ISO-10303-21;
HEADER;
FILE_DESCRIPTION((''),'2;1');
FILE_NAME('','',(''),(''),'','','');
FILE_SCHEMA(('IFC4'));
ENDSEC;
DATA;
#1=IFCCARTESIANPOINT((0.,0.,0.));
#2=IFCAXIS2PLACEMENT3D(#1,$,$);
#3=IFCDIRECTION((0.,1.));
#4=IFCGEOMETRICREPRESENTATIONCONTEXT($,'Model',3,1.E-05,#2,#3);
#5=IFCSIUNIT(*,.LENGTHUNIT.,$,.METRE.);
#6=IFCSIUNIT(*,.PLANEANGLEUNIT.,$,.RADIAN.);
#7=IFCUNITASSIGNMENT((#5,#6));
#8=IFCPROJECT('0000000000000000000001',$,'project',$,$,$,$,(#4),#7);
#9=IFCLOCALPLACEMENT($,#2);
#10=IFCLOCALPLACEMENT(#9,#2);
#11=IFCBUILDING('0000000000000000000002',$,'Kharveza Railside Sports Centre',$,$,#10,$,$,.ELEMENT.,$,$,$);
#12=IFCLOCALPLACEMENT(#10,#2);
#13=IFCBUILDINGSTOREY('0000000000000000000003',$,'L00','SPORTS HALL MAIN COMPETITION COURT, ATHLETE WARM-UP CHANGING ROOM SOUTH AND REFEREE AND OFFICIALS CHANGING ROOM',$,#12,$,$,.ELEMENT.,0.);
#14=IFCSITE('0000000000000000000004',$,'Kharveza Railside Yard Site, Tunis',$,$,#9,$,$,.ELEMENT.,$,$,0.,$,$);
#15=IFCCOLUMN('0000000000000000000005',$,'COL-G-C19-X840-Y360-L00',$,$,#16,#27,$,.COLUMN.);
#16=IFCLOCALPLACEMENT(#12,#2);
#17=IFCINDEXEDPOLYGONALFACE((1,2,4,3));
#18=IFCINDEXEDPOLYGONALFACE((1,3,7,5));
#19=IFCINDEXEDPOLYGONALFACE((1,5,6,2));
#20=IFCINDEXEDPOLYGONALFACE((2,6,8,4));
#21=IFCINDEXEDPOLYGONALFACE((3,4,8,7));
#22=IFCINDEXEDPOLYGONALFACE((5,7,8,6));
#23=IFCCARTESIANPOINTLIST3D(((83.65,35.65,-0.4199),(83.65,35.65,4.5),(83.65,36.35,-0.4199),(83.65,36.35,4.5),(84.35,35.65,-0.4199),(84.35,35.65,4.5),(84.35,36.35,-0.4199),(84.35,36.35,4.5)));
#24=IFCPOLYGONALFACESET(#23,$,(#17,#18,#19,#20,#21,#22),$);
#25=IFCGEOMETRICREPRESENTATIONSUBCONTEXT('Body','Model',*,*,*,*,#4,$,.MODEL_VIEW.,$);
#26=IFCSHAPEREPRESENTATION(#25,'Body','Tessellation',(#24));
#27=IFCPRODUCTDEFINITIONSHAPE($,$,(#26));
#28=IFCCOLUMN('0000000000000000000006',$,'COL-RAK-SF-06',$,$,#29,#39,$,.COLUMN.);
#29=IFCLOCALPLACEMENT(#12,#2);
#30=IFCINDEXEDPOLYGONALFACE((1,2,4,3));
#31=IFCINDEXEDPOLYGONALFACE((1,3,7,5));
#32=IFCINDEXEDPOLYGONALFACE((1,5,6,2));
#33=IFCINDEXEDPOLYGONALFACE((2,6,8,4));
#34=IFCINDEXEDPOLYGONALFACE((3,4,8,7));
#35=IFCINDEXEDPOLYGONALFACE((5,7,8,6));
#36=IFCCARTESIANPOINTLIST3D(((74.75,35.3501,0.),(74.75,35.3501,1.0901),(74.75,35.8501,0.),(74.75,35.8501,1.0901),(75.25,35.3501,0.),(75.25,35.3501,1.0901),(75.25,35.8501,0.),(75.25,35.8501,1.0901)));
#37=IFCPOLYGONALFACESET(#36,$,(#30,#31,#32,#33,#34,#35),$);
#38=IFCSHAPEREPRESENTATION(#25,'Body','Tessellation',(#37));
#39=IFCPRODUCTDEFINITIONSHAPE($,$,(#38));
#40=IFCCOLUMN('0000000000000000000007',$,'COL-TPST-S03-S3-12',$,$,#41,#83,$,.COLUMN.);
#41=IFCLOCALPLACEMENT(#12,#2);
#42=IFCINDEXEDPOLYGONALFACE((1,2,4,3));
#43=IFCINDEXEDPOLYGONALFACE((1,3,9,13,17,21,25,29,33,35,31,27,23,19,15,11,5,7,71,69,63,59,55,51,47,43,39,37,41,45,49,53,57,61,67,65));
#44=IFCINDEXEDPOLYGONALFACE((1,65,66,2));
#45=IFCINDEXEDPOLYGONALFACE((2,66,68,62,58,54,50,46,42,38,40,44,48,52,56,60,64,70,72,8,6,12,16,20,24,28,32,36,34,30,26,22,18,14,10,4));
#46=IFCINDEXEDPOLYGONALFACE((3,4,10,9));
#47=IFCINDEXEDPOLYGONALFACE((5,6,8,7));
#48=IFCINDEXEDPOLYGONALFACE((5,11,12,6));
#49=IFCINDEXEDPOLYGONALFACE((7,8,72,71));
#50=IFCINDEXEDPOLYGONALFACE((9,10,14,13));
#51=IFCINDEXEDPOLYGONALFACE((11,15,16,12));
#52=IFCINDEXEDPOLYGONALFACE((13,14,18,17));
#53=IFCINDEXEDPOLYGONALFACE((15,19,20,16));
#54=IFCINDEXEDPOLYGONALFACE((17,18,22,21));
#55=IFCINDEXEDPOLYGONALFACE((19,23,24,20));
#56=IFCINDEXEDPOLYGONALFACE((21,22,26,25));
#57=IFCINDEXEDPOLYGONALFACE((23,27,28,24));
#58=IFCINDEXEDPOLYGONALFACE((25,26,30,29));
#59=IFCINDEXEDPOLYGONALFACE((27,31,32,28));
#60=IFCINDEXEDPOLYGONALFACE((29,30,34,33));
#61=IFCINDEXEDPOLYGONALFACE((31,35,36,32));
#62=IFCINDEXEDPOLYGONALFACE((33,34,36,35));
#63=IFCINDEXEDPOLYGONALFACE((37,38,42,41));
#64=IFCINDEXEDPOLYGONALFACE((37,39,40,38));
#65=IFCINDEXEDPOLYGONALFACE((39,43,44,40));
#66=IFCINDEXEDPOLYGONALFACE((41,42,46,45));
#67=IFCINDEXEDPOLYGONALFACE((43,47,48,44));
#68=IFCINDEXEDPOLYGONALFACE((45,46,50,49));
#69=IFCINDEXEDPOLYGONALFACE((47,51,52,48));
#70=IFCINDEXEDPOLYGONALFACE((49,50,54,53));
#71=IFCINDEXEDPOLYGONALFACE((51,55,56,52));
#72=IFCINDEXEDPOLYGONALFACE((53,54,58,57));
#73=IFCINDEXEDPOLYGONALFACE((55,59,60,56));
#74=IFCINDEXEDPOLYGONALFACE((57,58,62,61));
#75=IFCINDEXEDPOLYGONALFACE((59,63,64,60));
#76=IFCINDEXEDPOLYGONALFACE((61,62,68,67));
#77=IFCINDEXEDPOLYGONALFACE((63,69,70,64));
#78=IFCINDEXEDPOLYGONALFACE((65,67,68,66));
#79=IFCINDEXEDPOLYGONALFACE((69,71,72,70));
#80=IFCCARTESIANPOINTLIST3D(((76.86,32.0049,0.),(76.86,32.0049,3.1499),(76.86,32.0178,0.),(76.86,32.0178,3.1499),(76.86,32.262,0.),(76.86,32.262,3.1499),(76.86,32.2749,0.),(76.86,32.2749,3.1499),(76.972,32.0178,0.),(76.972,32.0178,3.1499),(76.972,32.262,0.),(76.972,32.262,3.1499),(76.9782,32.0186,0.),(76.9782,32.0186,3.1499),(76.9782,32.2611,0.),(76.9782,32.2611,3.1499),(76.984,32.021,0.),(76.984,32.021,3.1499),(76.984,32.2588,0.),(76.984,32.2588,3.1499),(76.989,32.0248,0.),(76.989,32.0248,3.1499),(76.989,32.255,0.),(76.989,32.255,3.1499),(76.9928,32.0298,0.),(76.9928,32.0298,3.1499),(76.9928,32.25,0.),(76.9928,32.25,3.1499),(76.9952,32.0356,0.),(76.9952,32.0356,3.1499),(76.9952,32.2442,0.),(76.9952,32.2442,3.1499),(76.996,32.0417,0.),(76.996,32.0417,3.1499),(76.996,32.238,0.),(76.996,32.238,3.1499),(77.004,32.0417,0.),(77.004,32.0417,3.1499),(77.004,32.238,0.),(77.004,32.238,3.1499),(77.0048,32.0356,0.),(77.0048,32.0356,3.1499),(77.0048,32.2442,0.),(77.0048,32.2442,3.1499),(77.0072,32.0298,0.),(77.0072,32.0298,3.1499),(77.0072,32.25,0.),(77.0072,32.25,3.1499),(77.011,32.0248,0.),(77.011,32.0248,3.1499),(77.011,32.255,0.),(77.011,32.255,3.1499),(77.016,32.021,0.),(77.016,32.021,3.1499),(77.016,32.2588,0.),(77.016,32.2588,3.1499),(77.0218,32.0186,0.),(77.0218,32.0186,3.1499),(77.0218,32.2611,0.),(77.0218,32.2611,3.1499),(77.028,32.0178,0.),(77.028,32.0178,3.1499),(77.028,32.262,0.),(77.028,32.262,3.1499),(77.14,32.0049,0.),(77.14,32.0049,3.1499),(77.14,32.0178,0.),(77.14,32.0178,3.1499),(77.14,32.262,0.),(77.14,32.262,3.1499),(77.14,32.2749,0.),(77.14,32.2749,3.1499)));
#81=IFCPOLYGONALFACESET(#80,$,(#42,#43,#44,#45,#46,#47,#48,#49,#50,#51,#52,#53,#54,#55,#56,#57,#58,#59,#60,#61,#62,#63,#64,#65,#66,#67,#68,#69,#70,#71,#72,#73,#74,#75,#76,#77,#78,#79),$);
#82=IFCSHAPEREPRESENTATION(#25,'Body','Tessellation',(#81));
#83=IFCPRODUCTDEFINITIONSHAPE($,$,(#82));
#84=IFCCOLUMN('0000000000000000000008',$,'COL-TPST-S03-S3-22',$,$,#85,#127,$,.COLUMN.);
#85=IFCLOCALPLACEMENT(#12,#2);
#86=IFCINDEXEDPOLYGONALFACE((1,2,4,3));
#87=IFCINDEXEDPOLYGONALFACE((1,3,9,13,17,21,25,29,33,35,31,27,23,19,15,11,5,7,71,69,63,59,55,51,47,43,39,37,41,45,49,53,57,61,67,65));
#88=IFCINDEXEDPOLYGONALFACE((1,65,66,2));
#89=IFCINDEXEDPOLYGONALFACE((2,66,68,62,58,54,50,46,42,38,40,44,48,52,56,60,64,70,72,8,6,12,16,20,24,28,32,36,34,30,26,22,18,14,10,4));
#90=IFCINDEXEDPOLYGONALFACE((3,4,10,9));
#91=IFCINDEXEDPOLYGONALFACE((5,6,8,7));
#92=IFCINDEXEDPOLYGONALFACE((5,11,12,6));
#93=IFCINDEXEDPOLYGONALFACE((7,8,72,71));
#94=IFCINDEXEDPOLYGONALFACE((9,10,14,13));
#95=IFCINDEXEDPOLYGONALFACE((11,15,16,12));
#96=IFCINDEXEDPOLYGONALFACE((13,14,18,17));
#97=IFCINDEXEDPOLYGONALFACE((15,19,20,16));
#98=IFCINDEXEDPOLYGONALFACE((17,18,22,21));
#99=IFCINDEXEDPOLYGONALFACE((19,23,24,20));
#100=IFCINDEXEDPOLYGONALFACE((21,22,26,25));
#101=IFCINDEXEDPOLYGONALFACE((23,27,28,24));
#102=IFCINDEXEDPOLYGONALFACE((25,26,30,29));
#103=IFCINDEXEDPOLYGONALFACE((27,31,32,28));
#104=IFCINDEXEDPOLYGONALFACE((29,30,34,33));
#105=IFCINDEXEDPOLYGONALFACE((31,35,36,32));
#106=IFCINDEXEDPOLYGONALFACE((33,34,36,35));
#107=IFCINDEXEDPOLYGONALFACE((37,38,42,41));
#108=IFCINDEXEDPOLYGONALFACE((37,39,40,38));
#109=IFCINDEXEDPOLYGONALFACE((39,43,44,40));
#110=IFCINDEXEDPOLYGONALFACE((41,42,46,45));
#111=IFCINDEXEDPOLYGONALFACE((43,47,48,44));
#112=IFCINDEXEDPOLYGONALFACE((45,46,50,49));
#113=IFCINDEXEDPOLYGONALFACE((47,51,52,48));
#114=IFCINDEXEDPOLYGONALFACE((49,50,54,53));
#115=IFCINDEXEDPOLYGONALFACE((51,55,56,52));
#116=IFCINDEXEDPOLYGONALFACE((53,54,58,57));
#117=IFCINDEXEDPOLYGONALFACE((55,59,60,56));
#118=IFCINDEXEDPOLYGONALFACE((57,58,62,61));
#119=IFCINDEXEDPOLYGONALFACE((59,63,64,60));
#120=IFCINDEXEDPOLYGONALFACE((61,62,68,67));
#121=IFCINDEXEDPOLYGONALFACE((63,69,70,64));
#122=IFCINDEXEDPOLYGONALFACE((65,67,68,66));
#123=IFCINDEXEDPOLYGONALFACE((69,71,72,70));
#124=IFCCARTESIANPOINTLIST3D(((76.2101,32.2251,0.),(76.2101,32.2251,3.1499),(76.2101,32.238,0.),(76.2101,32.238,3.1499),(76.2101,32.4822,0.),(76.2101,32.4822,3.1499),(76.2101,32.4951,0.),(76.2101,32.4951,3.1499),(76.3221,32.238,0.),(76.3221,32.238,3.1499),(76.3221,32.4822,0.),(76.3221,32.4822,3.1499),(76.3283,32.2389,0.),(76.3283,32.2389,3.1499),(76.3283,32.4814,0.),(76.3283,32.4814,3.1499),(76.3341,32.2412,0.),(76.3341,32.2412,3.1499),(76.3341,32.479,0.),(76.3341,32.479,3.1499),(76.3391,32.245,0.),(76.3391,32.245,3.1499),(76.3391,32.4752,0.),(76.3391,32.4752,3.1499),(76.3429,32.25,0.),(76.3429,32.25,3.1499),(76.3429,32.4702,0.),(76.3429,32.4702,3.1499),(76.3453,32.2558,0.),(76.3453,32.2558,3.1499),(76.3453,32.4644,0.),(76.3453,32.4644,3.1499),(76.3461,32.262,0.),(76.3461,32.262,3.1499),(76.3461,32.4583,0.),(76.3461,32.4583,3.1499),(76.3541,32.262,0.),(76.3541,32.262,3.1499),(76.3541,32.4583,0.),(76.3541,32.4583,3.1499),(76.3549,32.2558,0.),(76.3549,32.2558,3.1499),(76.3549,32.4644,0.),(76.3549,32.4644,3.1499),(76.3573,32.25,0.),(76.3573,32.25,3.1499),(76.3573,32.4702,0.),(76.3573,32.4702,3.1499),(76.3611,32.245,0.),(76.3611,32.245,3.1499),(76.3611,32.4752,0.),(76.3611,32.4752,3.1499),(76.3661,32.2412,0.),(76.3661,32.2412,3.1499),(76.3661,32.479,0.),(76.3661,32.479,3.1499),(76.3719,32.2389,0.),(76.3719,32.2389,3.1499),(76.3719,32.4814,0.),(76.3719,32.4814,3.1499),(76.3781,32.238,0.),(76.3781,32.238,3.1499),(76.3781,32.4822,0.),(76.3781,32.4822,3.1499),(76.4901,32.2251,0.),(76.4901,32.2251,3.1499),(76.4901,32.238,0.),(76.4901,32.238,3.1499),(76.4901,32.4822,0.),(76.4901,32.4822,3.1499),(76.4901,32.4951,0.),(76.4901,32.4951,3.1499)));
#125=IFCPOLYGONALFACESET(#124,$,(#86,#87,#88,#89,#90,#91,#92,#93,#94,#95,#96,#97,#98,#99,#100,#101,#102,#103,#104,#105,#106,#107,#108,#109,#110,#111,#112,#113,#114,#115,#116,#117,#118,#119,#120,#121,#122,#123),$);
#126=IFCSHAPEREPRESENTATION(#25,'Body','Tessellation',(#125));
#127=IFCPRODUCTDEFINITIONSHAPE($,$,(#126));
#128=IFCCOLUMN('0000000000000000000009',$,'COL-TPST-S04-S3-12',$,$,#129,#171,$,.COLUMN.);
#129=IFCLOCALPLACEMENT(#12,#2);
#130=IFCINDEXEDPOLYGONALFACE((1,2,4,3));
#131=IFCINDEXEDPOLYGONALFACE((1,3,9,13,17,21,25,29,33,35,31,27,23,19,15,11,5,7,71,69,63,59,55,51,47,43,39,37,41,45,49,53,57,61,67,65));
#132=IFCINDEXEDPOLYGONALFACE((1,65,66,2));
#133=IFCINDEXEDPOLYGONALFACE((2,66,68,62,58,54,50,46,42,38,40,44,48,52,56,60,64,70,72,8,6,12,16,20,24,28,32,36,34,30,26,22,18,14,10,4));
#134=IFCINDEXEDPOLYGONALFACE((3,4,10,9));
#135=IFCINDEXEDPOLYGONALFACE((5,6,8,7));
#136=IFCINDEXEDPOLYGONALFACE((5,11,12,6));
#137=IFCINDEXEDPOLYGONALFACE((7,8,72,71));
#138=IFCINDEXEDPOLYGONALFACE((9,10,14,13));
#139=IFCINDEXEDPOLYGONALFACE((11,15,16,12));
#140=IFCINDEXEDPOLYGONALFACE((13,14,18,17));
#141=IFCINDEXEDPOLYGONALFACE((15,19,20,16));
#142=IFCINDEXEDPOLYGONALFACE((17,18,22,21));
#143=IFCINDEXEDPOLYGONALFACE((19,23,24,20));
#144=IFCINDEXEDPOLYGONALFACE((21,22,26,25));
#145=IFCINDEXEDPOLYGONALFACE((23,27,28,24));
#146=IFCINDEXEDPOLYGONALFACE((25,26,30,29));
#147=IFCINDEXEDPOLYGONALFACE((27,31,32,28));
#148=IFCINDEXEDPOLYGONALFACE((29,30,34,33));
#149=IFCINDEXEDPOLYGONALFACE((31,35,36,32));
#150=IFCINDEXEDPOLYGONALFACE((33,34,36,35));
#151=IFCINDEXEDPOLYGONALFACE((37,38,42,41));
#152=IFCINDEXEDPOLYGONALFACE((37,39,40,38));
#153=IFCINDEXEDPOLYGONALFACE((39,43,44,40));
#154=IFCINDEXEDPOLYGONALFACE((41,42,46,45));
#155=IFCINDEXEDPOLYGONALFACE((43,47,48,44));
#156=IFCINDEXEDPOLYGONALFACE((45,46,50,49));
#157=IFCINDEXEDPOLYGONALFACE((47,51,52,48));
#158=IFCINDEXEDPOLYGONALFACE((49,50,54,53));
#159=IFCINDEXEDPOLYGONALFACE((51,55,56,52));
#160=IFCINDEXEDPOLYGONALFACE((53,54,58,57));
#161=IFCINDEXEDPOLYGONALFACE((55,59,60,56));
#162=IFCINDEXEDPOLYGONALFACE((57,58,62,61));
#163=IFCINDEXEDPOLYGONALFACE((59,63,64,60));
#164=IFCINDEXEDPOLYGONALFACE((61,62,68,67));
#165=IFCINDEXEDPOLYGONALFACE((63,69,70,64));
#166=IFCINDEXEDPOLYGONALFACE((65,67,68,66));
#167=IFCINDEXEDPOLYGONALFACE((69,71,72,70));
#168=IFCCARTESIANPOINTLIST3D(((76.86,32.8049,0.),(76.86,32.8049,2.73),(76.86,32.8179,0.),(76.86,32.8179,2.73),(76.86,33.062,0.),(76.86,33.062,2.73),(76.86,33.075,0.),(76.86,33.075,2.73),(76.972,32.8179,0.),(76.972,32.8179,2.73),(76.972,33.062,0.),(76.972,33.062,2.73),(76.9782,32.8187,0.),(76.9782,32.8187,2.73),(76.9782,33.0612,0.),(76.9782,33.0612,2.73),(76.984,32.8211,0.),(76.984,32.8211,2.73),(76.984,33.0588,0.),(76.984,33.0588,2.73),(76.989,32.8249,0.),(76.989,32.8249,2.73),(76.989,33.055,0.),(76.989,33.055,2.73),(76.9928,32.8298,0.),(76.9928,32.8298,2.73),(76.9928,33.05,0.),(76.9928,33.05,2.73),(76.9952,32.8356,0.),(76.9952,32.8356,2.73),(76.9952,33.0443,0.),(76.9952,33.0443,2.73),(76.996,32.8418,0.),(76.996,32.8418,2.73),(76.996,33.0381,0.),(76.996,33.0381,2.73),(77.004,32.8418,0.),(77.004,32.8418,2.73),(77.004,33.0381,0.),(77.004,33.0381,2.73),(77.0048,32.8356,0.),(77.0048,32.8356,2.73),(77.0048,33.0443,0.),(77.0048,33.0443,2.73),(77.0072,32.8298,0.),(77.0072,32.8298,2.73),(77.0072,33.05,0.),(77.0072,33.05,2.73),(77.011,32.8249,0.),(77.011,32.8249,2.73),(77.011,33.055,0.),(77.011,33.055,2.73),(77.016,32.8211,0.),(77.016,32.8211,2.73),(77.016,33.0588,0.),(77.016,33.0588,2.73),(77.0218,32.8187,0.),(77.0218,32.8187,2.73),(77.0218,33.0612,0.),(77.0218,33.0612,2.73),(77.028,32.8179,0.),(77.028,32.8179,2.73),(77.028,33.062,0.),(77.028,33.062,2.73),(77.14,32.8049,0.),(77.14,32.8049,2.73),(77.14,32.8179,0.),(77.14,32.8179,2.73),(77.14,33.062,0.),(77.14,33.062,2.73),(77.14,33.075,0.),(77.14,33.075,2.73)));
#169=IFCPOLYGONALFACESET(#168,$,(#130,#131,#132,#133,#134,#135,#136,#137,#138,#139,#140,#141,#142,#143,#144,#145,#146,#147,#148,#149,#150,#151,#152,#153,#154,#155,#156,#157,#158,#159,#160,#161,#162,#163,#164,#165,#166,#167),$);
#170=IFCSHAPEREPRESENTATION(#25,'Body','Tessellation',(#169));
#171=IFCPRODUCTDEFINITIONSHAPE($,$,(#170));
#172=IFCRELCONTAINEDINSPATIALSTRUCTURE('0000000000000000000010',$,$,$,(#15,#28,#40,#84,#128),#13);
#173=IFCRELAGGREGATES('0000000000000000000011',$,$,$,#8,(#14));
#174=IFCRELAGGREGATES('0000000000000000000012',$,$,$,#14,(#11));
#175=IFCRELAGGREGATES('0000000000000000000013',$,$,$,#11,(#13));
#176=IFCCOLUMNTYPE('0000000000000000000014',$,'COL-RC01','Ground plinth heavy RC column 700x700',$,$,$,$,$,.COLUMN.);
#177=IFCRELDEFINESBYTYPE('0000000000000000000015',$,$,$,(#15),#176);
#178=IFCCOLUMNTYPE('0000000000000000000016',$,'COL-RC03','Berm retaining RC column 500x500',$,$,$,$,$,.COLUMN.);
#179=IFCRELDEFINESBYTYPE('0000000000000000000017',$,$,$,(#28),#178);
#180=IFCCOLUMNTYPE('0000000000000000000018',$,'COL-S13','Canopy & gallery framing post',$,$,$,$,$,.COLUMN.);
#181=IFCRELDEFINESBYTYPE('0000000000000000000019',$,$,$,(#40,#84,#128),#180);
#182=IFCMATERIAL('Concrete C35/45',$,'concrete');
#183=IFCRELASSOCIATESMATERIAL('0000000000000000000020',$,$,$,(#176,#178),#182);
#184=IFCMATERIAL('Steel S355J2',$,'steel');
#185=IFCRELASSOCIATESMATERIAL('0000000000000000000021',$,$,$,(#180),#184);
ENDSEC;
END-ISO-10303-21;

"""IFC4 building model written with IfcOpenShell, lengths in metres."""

from ifc_helpers import new_model, si_unit, direction, frame, origin, origin_2d, place, context, subcontext, project, spatial, rectangle, i_section, extrude, material, material_profile, profile_set, type_object, element, save


model = new_model("IFC4")

# Units and contexts
model_context = context("Model", 3, precision=1e-05, world=origin(), true_north=direction((0.0, 1.0)))
body_context = subcontext(model_context, "Body", "Model", "MODEL_VIEW")
ifc_project = project(units=[si_unit("LENGTHUNIT", "METRE"), si_unit("PLANEANGLEUNIT", "RADIAN")], contexts=[model_context])

# Site, building, storey
site_placement = place(None, origin())
site = spatial("IfcSite", under=ifc_project, at=site_placement, Name="Kharveza Railside Yard Site, Tunis", CompositionType="ELEMENT", RefElevation=0.0)
building_placement = place(site_placement, origin())
building = spatial("IfcBuilding", under=site, at=building_placement, Name="Kharveza Railside Sports Centre", CompositionType="ELEMENT")
storey_placement = place(building_placement, origin())
storey = spatial("IfcBuildingStorey", under=building, at=storey_placement, Name="L00", Description="SPORTS HALL MAIN COMPETITION COURT, ATHLETE WARM-UP CHANGING ROOM SOUTH AND REFEREE AND OFFICIALS CHANGING ROOM", CompositionType="ELEMENT", Elevation=0.0)

# Shared definitions
ifc_material_1 = material(Name="Concrete C35/45", Category="concrete")

# Columns
ifc_material_profile_1 = material_profile(ifc_material_1, rectangle(XDim=0.7, YDim=0.7, at=origin_2d()), Name="RC 700x700")
ifc_profile_set_1 = profile_set([ifc_material_profile_1], Name="Concrete C35/45")
column_type_1 = type_object("IfcColumnType", Name="COL-RC01", Description="Ground plinth heavy RC column 700x700", PredefinedType="COLUMN", material=ifc_profile_set_1)
column_1_placement = place(storey_placement, frame((84.0, 36.0, -0.4199), z_axis=(0.0, 0.0, 1.0), x_axis=(1.0, 0.0, 0.0)))
element("IfcColumn", 1, at=column_1_placement, inside=storey, type_object=column_type_1, Name="COL-G-C19-X840-Y360-L00", PredefinedType="COLUMN", context=body_context, shape_type="SweptSolid", body=[
    extrude(rectangle(XDim=0.7, YDim=0.7, at=origin_2d()), origin(), (0.0, 0.0, 1.0), 4.9199),
])
ifc_material_profile_2 = material_profile(ifc_material_1, rectangle(XDim=0.5, YDim=0.5, at=origin_2d()), Name="RC 500x500")
ifc_profile_set_2 = profile_set([ifc_material_profile_2], Name="Concrete C35/45")
column_type_2 = type_object("IfcColumnType", Name="COL-RC03", Description="Berm retaining RC column 500x500", PredefinedType="COLUMN", material=ifc_profile_set_2)
column_2_placement = place(storey_placement, frame((75.0, 35.6001, 0.0), z_axis=(0.0, 0.0, 1.0), x_axis=(1.0, 0.0, 0.0)))
element("IfcColumn", 2, at=column_2_placement, inside=storey, type_object=column_type_2, Name="COL-RAK-SF-06", PredefinedType="COLUMN", context=body_context, shape_type="SweptSolid", body=[
    extrude(rectangle(XDim=0.5, YDim=0.5, at=origin_2d()), origin(), (0.0, 0.0, 1.0), 1.0901),
])
ifc_material_2 = material(Name="Steel S355J2", Category="steel")
ifc_material_profile_3 = material_profile(ifc_material_2, i_section(OverallWidth=0.28, OverallDepth=0.27, WebThickness=0.0081, FlangeThickness=0.0129, FilletRadius=0.0239, at=origin_2d()), Name="HEA 280")
ifc_profile_set_3 = profile_set([ifc_material_profile_3], Name="Steel S355J2")
column_type_3 = type_object("IfcColumnType", Name="COL-S13", Description="Canopy & gallery framing post", PredefinedType="COLUMN", material=ifc_profile_set_3)
for number, where, z_axis, x_axis, name in (
    (3, (77.0, 32.1399, 0.0), (0.0, 0.0, 1.0), (1.0, 0.0, 0.0), "COL-TPST-S03-S3-12"),
    (4, (76.3501, 32.3601, 0.0), (0.0, 0.0, 1.0), (1.0, 0.0, 0.0), "COL-TPST-S03-S3-22"),
):
    element("IfcColumn", number, at=place(storey_placement, frame(where, z_axis=z_axis, x_axis=x_axis)), inside=storey, type_object=column_type_3, Name=name, PredefinedType="COLUMN", context=body_context, shape_type="SweptSolid", body=[
        extrude(i_section(OverallWidth=0.28, OverallDepth=0.27, WebThickness=0.0081, FlangeThickness=0.0129, FilletRadius=0.0239, at=origin_2d()), origin(), (0.0, 0.0, 1.0), 3.1499),
    ])
for number, where, z_axis, x_axis, name in (
    (5, (77.0, 32.9399, 0.0), (0.0, 0.0, 1.0), (1.0, 0.0, 0.0), "COL-TPST-S04-S3-12"),
):
    element("IfcColumn", number, at=place(storey_placement, frame(where, z_axis=z_axis, x_axis=x_axis)), inside=storey, type_object=column_type_3, Name=name, PredefinedType="COLUMN", context=body_context, shape_type="SweptSolid", body=[
        extrude(i_section(OverallWidth=0.28, OverallDepth=0.27, WebThickness=0.0081, FlangeThickness=0.0129, FilletRadius=0.0239, at=origin_2d()), origin(), (0.0, 0.0, 1.0), 2.73),
    ])

save(model, "model.ifc")
